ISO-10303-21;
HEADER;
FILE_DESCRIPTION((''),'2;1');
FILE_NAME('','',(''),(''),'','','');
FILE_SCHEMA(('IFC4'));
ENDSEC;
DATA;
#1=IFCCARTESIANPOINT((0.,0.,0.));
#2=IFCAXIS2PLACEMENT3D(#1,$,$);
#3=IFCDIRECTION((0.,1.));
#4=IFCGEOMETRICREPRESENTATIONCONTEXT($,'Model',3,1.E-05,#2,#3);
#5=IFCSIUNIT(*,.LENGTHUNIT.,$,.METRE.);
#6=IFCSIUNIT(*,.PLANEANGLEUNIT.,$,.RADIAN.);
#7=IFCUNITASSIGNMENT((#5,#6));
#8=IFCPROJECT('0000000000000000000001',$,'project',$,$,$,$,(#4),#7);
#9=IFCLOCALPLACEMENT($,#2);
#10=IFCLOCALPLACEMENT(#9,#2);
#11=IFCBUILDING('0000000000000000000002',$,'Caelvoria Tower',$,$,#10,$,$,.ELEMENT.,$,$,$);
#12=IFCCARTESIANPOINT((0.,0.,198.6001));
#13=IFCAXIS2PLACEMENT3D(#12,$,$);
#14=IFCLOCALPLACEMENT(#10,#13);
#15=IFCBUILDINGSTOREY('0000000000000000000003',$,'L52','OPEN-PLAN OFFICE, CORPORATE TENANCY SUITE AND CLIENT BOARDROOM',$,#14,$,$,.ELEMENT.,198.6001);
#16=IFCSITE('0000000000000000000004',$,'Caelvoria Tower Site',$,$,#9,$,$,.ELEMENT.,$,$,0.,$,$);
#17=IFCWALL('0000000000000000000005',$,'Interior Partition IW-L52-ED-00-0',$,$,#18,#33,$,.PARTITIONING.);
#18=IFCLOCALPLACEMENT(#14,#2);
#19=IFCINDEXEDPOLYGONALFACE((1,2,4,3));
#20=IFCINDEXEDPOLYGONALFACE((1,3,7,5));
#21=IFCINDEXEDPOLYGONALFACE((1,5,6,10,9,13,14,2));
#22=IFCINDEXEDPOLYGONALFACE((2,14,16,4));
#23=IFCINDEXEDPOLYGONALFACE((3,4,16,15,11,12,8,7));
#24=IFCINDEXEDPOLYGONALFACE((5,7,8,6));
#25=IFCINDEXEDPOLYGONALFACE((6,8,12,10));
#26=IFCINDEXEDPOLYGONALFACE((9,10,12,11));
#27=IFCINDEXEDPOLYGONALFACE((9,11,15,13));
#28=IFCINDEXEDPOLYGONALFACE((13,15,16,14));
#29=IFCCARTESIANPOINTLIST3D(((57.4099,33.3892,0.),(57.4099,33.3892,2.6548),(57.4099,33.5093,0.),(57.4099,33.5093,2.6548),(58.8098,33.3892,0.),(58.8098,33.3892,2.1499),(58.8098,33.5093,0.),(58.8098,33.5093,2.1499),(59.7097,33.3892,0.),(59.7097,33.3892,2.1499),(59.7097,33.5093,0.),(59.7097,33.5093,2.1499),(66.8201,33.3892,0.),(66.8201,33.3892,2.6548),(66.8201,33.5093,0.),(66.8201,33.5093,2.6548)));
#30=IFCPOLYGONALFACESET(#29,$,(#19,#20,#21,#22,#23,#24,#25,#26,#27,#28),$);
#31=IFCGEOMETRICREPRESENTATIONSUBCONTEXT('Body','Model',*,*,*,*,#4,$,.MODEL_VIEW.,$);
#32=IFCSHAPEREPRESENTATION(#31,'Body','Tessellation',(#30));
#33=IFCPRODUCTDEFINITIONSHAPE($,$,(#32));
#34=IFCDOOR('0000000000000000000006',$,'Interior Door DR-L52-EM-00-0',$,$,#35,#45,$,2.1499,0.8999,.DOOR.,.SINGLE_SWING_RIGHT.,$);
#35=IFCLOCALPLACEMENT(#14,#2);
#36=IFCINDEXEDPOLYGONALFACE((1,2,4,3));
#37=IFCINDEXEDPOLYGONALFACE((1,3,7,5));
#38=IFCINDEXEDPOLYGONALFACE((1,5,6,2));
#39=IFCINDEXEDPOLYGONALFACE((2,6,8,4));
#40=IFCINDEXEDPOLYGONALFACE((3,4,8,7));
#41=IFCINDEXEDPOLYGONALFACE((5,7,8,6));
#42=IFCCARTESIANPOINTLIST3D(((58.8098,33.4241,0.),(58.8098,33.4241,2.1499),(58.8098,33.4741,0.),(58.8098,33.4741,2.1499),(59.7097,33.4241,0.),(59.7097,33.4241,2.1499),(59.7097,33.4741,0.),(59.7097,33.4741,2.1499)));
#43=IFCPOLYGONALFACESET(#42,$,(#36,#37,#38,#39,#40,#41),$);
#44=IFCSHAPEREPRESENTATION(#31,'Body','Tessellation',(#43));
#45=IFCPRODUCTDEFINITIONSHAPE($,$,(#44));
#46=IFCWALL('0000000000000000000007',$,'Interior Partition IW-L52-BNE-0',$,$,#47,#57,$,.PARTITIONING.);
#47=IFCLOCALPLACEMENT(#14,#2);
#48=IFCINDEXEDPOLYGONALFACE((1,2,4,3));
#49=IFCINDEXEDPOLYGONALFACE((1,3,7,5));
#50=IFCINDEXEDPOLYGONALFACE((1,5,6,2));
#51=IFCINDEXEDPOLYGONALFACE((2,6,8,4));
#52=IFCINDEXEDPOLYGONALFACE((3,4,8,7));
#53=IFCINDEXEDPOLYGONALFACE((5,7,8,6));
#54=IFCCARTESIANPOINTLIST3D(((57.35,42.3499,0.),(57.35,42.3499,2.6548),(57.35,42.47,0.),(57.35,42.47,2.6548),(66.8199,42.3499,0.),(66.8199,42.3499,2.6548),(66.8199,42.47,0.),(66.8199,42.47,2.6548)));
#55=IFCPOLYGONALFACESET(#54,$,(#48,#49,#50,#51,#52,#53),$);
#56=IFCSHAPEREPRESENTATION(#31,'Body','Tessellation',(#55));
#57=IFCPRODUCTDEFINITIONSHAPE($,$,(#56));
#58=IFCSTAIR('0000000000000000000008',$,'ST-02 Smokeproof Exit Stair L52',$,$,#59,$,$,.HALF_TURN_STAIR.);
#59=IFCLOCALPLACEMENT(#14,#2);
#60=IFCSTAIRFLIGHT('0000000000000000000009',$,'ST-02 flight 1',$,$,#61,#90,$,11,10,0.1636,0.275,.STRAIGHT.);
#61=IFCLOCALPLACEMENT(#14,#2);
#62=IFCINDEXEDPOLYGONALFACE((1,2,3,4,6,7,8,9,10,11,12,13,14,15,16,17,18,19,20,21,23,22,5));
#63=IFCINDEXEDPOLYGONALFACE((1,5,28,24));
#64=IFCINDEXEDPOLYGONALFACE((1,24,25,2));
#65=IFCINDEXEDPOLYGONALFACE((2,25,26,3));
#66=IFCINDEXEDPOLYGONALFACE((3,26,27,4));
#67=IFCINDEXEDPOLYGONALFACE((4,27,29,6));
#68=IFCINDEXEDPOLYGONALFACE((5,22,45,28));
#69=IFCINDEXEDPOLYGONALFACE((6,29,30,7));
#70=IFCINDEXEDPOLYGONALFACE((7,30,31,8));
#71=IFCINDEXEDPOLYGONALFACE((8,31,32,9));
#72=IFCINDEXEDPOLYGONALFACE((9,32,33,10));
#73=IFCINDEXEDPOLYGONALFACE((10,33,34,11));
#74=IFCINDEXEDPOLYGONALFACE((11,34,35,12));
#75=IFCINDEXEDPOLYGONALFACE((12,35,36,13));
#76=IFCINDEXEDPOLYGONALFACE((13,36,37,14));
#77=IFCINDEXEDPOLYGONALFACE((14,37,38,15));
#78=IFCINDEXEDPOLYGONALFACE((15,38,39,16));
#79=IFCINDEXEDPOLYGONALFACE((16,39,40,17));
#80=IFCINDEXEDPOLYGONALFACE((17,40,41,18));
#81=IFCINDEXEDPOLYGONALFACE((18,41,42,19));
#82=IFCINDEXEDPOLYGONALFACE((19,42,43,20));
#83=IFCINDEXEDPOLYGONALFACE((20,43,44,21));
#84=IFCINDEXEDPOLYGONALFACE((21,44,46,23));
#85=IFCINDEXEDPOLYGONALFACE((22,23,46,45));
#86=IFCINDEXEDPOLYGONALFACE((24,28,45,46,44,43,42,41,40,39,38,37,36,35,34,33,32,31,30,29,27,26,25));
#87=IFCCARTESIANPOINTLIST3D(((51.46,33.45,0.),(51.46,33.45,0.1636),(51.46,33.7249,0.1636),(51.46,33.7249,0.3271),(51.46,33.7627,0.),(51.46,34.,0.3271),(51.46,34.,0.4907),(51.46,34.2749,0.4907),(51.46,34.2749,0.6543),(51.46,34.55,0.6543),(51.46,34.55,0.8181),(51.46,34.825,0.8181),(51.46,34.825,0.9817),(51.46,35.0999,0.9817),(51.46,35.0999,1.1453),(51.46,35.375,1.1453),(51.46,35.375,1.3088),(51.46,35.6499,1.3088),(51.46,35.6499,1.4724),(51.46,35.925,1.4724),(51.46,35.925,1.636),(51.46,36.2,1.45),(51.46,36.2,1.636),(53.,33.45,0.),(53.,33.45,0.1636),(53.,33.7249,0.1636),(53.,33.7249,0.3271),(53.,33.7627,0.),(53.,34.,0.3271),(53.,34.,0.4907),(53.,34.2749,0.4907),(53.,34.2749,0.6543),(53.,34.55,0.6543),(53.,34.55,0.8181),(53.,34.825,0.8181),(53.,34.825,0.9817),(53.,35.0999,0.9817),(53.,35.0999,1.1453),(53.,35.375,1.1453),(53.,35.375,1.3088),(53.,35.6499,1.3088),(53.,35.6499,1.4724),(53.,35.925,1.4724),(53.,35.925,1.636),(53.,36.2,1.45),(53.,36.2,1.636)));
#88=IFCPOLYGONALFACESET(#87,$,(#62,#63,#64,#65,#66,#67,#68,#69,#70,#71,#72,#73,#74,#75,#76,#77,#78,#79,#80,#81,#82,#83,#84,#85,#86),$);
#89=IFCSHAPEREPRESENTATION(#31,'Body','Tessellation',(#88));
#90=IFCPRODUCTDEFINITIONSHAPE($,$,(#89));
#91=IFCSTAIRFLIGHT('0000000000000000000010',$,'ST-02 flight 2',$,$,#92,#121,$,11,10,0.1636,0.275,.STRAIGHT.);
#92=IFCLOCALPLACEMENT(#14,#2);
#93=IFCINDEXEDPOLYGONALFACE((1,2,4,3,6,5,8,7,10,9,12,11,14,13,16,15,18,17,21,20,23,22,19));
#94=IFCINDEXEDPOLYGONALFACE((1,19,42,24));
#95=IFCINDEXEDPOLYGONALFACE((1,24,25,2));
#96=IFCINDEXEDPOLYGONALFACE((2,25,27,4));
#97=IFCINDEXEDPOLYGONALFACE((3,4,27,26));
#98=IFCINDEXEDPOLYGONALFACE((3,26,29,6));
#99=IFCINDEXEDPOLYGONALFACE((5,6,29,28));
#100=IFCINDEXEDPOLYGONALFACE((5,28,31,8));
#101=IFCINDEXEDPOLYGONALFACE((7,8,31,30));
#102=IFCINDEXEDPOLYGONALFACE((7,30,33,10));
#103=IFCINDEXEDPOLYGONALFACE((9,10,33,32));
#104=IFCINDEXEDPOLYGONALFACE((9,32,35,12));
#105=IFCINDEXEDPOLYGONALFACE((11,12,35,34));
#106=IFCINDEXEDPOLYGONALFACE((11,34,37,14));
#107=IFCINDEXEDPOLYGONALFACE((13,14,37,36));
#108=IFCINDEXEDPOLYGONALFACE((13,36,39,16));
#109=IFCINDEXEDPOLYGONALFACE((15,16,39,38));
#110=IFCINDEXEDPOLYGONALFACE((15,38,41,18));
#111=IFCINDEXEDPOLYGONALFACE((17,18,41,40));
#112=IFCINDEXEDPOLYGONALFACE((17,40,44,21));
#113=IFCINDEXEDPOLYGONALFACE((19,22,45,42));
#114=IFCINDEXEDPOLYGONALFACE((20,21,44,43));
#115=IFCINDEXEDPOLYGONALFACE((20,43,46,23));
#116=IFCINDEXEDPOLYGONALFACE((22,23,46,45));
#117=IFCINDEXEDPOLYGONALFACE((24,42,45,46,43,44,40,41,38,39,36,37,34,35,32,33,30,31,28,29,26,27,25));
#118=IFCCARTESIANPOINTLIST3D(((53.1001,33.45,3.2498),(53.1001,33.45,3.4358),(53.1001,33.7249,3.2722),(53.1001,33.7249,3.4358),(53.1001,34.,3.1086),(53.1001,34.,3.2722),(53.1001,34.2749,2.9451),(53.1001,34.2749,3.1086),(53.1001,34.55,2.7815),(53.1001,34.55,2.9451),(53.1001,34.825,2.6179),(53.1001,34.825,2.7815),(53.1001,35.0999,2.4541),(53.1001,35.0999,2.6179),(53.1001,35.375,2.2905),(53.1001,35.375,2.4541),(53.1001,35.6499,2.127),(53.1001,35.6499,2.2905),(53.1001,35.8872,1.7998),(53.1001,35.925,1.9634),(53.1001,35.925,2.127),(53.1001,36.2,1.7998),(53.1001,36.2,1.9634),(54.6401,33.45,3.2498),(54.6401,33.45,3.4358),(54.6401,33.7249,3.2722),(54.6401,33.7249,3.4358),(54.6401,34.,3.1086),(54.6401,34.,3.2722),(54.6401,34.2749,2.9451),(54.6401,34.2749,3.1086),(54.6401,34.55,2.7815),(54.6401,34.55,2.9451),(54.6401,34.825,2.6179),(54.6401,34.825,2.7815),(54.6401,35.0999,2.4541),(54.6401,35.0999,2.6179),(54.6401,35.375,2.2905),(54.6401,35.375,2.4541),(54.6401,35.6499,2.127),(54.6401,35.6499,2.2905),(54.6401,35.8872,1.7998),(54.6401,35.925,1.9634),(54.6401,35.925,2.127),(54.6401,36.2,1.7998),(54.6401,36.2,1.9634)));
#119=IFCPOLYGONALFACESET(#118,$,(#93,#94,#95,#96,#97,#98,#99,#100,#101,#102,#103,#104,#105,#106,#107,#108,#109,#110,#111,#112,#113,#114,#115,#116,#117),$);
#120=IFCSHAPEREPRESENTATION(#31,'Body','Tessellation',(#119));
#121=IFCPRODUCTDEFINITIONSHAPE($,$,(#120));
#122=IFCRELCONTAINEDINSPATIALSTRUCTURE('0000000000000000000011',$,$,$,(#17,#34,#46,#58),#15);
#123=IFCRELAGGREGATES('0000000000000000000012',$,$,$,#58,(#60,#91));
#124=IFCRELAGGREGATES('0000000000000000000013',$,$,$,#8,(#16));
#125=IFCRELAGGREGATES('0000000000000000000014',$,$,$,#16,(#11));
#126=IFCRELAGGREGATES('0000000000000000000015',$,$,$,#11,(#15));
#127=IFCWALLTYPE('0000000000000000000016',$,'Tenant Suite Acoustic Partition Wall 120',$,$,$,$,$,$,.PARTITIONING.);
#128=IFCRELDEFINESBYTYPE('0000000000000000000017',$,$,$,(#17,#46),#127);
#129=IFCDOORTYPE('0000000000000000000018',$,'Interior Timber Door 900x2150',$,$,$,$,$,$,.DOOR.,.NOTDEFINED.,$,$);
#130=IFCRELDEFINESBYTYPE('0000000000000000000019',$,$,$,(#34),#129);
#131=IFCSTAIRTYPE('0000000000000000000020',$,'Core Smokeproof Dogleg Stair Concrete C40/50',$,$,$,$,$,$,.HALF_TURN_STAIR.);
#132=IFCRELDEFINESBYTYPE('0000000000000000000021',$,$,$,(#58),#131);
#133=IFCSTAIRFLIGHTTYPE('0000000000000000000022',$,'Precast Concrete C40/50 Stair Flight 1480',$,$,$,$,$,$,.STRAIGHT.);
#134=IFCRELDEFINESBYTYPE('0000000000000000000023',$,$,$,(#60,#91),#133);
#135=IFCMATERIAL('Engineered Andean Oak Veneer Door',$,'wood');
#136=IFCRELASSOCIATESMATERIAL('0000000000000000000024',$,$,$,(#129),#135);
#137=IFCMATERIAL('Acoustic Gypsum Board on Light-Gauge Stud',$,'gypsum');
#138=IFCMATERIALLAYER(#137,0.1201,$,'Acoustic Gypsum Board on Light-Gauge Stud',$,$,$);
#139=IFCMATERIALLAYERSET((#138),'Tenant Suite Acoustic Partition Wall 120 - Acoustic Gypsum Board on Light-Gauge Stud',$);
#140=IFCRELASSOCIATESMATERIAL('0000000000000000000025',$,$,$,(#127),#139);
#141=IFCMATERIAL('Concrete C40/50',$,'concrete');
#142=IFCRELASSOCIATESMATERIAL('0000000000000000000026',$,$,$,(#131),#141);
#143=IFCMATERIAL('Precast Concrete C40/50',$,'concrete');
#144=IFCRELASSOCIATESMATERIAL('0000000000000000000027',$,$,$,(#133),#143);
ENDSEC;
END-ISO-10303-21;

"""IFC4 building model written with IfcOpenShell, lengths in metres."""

from ifc_helpers import new_model, si_unit, direction, frame, frame_2d, origin, place, context, subcontext, project, spatial, polyline, rectangle, outline, extrude, material, layer, layer_set, type_object, element, fill, aggregate, save


model = new_model("IFC4")

# Units and contexts
model_context = context("Model", 3, precision=1e-05, world=origin(), true_north=direction((0.0, 1.0)))
body_context = subcontext(model_context, "Body", "Model", "MODEL_VIEW")
ifc_project = project(units=[si_unit("LENGTHUNIT", "METRE"), si_unit("PLANEANGLEUNIT", "RADIAN")], contexts=[model_context])

# Site, building, storey
site_placement = place(None, origin())
site = spatial("IfcSite", under=ifc_project, at=site_placement, Name="Caelvoria Tower Site", CompositionType="ELEMENT", RefElevation=0.0)
building_placement = place(site_placement, origin())
building = spatial("IfcBuilding", under=site, at=building_placement, Name="Caelvoria Tower", CompositionType="ELEMENT")
storey_placement = place(building_placement, frame((0.0, 0.0, 198.6001)))
storey = spatial("IfcBuildingStorey", under=building, at=storey_placement, Name="L52", Description="OPEN-PLAN OFFICE, CORPORATE TENANCY SUITE AND CLIENT BOARDROOM", CompositionType="ELEMENT", Elevation=198.6001)

# Shared definitions
ifc_material_1 = material(Name="Engineered Andean Oak Veneer Door", Category="wood")

# Shared definitions
door_type_1 = type_object("IfcDoorType", Name="Interior Timber Door 900x2150", OperationType="NOTDEFINED", PredefinedType="DOOR", material=ifc_material_1)

# Shared definitions
ifc_material_2 = material(Name="Acoustic Gypsum Board on Light-Gauge Stud", Category="gypsum")
ifc_layer_1 = layer(ifc_material_2, 0.1201, Name="Acoustic Gypsum Board on Light-Gauge Stud")
ifc_layer_set_1 = layer_set([ifc_layer_1], Name="Tenant Suite Acoustic Partition Wall 120 - Acoustic Gypsum Board on Light-Gauge Stud")
wall_type_1 = type_object("IfcWallType", Name="Tenant Suite Acoustic Partition Wall 120", PredefinedType="PARTITIONING", material=ifc_layer_set_1)

# Wall, opening, door
wall_1_placement = place(storey_placement, frame((57.4099, 33.4492, 0.0), z_axis=(0.0, 0.0, 1.0), x_axis=(1.0, 0.0, 0.0)))
wall_1 = element("IfcWall", 1, at=wall_1_placement, inside=storey, type_object=wall_type_1, Name="Interior Partition IW-L52-ED-00-0", PredefinedType="PARTITIONING", context=body_context, shape_type="SweptSolid", body=[
    extrude(rectangle(XDim=9.4102, YDim=0.1201, at=frame_2d((4.7051, 0.0))), origin(), (0.0, 0.0, 1.0), 2.6548),
])
opening_1_placement = place(wall_1_placement, frame((1.3999, 0.0, 0.0)))
opening_1 = element("IfcOpeningElement", 2, at=opening_1_placement, cuts=wall_1, PredefinedType="OPENING", context=body_context, shape_type="SweptSolid", body=[
    extrude(rectangle(XDim=0.8999, YDim=2.1499, at=frame_2d((0.45, 1.075))), frame((0.0, 0.0701, 0.0), z_axis=(0.0, -1.0, 0.0), x_axis=(1.0, 0.0, 0.0)), (0.0, 0.0, 1.0), 0.1401),
])
door_1_placement = place(opening_1_placement, origin())
door_1 = element("IfcDoor", 3, at=door_1_placement, inside=storey, type_object=door_type_1, Name="Interior Door DR-L52-EM-00-0", OperationType="SINGLE_SWING_RIGHT", OverallHeight=2.1499, OverallWidth=0.8999, PredefinedType="DOOR", context=body_context, shape_type="SweptSolid", body=[
    extrude(rectangle(XDim=0.8999, YDim=2.1499, at=frame_2d((0.45, 1.075))), frame((0.0, 0.0249, 0.0), z_axis=(0.0, -1.0, 0.0), x_axis=(1.0, 0.0, 0.0)), (0.0, 0.0, 1.0), 0.05),
])
fill(opening_1, door_1)

# Wall
wall_2_placement = place(storey_placement, frame((57.3501, 42.4099, 0.0), z_axis=(0.0, 0.0, 1.0), x_axis=(1.0, 0.0, 0.0)))
element("IfcWall", 4, at=wall_2_placement, inside=storey, type_object=wall_type_1, Name="Interior Partition IW-L52-BNE-0", PredefinedType="PARTITIONING", context=body_context, shape_type="SweptSolid", body=[
    extrude(rectangle(XDim=9.47, YDim=0.1201, at=frame_2d((4.7349, 0.0))), origin(), (0.0, 0.0, 1.0), 2.6548),
])

# Stair, stair flights
ifc_material_3 = material(Name="Concrete C40/50", Category="concrete")
stair_type = type_object("IfcStairType", Name="Core Smokeproof Dogleg Stair Concrete C40/50", PredefinedType="HALF_TURN_STAIR", material=ifc_material_3)
stair_placement = place(storey_placement, origin())
stair = element("IfcStair", 5, at=stair_placement, inside=storey, type_object=stair_type, Name="ST-02 Smokeproof Exit Stair L52", PredefinedType="HALF_TURN_STAIR")
ifc_material_4 = material(Name="Precast Concrete C40/50", Category="concrete")
stair_flight_type = type_object("IfcStairFlightType", Name="Precast Concrete C40/50 Stair Flight 1480", PredefinedType="STRAIGHT", material=ifc_material_4)
stair_flight_1_placement = place(storey_placement, frame((52.23, 33.45, 0.0), z_axis=(0.0, 0.0, 1.0), x_axis=(0.0, 1.0, 0.0)))
stair_flight_1 = element("IfcStairFlight", 6, at=stair_flight_1_placement, type_object=stair_flight_type, Name="ST-02 flight 1", NumberOfRisers=11, NumberOfTreads=10, PredefinedType="STRAIGHT", RiserHeight=0.1636, TreadLength=0.275, context=body_context, shape_type="SweptSolid", body=[
    extrude(outline(polyline([(0.0, 0.0), (0.0, 0.1636), (0.2749, 0.1636), (0.2749, 0.3271), (0.55, 0.3271), (0.55, 0.4907), (0.825, 0.4907), (0.825, 0.6543), (1.1001, 0.6543), (1.1001, 0.8181), (1.375, 0.8181), (1.375, 0.9817), (1.6499, 0.9817), (1.6499, 1.1453), (1.925, 1.1453), (1.925, 1.3088), (2.2, 1.3088), (2.2, 1.4724), (2.4751, 1.4724), (2.4751, 1.636), (2.75, 1.636), (2.75, 1.7996), (2.75, 1.45), (0.3127, 0.0), (0.0, 0.0)])), frame((0.0, 0.77, 0.0), z_axis=(0.0, -1.0, 0.0), x_axis=(1.0, 0.0, 0.0)), (0.0, 0.0, 1.0), 1.54),
])
stair_flight_2_placement = place(storey_placement, frame((53.8701, 36.2, 1.7998), z_axis=(0.0, 0.0, 1.0), x_axis=(0.0, -1.0, 0.0)))
stair_flight_2 = element("IfcStairFlight", 7, at=stair_flight_2_placement, type_object=stair_flight_type, Name="ST-02 flight 2", NumberOfRisers=11, NumberOfTreads=10, PredefinedType="STRAIGHT", RiserHeight=0.1636, TreadLength=0.275, context=body_context, shape_type="SweptSolid", body=[
    extrude(outline(polyline([(0.0, 0.0), (0.0, 0.1636), (0.2749, 0.1636), (0.2749, 0.3271), (0.55, 0.3271), (0.55, 0.4907), (0.825, 0.4907), (0.825, 0.6543), (1.1001, 0.6543), (1.1001, 0.8181), (1.375, 0.8181), (1.375, 0.9817), (1.6499, 0.9817), (1.6499, 1.1453), (1.925, 1.1453), (1.925, 1.3088), (2.2, 1.3088), (2.2, 1.4724), (2.4751, 1.4724), (2.4751, 1.636), (2.75, 1.636), (2.75, 1.7996), (2.75, 1.45), (0.3127, 0.0), (0.0, 0.0)])), frame((0.0, 0.77, 0.0), z_axis=(0.0, -1.0, 0.0), x_axis=(1.0, 0.0, 0.0)), (0.0, 0.0, 1.0), 1.54),
])
aggregate(stair, [stair_flight_1, stair_flight_2])

save(model, "model.ifc")
